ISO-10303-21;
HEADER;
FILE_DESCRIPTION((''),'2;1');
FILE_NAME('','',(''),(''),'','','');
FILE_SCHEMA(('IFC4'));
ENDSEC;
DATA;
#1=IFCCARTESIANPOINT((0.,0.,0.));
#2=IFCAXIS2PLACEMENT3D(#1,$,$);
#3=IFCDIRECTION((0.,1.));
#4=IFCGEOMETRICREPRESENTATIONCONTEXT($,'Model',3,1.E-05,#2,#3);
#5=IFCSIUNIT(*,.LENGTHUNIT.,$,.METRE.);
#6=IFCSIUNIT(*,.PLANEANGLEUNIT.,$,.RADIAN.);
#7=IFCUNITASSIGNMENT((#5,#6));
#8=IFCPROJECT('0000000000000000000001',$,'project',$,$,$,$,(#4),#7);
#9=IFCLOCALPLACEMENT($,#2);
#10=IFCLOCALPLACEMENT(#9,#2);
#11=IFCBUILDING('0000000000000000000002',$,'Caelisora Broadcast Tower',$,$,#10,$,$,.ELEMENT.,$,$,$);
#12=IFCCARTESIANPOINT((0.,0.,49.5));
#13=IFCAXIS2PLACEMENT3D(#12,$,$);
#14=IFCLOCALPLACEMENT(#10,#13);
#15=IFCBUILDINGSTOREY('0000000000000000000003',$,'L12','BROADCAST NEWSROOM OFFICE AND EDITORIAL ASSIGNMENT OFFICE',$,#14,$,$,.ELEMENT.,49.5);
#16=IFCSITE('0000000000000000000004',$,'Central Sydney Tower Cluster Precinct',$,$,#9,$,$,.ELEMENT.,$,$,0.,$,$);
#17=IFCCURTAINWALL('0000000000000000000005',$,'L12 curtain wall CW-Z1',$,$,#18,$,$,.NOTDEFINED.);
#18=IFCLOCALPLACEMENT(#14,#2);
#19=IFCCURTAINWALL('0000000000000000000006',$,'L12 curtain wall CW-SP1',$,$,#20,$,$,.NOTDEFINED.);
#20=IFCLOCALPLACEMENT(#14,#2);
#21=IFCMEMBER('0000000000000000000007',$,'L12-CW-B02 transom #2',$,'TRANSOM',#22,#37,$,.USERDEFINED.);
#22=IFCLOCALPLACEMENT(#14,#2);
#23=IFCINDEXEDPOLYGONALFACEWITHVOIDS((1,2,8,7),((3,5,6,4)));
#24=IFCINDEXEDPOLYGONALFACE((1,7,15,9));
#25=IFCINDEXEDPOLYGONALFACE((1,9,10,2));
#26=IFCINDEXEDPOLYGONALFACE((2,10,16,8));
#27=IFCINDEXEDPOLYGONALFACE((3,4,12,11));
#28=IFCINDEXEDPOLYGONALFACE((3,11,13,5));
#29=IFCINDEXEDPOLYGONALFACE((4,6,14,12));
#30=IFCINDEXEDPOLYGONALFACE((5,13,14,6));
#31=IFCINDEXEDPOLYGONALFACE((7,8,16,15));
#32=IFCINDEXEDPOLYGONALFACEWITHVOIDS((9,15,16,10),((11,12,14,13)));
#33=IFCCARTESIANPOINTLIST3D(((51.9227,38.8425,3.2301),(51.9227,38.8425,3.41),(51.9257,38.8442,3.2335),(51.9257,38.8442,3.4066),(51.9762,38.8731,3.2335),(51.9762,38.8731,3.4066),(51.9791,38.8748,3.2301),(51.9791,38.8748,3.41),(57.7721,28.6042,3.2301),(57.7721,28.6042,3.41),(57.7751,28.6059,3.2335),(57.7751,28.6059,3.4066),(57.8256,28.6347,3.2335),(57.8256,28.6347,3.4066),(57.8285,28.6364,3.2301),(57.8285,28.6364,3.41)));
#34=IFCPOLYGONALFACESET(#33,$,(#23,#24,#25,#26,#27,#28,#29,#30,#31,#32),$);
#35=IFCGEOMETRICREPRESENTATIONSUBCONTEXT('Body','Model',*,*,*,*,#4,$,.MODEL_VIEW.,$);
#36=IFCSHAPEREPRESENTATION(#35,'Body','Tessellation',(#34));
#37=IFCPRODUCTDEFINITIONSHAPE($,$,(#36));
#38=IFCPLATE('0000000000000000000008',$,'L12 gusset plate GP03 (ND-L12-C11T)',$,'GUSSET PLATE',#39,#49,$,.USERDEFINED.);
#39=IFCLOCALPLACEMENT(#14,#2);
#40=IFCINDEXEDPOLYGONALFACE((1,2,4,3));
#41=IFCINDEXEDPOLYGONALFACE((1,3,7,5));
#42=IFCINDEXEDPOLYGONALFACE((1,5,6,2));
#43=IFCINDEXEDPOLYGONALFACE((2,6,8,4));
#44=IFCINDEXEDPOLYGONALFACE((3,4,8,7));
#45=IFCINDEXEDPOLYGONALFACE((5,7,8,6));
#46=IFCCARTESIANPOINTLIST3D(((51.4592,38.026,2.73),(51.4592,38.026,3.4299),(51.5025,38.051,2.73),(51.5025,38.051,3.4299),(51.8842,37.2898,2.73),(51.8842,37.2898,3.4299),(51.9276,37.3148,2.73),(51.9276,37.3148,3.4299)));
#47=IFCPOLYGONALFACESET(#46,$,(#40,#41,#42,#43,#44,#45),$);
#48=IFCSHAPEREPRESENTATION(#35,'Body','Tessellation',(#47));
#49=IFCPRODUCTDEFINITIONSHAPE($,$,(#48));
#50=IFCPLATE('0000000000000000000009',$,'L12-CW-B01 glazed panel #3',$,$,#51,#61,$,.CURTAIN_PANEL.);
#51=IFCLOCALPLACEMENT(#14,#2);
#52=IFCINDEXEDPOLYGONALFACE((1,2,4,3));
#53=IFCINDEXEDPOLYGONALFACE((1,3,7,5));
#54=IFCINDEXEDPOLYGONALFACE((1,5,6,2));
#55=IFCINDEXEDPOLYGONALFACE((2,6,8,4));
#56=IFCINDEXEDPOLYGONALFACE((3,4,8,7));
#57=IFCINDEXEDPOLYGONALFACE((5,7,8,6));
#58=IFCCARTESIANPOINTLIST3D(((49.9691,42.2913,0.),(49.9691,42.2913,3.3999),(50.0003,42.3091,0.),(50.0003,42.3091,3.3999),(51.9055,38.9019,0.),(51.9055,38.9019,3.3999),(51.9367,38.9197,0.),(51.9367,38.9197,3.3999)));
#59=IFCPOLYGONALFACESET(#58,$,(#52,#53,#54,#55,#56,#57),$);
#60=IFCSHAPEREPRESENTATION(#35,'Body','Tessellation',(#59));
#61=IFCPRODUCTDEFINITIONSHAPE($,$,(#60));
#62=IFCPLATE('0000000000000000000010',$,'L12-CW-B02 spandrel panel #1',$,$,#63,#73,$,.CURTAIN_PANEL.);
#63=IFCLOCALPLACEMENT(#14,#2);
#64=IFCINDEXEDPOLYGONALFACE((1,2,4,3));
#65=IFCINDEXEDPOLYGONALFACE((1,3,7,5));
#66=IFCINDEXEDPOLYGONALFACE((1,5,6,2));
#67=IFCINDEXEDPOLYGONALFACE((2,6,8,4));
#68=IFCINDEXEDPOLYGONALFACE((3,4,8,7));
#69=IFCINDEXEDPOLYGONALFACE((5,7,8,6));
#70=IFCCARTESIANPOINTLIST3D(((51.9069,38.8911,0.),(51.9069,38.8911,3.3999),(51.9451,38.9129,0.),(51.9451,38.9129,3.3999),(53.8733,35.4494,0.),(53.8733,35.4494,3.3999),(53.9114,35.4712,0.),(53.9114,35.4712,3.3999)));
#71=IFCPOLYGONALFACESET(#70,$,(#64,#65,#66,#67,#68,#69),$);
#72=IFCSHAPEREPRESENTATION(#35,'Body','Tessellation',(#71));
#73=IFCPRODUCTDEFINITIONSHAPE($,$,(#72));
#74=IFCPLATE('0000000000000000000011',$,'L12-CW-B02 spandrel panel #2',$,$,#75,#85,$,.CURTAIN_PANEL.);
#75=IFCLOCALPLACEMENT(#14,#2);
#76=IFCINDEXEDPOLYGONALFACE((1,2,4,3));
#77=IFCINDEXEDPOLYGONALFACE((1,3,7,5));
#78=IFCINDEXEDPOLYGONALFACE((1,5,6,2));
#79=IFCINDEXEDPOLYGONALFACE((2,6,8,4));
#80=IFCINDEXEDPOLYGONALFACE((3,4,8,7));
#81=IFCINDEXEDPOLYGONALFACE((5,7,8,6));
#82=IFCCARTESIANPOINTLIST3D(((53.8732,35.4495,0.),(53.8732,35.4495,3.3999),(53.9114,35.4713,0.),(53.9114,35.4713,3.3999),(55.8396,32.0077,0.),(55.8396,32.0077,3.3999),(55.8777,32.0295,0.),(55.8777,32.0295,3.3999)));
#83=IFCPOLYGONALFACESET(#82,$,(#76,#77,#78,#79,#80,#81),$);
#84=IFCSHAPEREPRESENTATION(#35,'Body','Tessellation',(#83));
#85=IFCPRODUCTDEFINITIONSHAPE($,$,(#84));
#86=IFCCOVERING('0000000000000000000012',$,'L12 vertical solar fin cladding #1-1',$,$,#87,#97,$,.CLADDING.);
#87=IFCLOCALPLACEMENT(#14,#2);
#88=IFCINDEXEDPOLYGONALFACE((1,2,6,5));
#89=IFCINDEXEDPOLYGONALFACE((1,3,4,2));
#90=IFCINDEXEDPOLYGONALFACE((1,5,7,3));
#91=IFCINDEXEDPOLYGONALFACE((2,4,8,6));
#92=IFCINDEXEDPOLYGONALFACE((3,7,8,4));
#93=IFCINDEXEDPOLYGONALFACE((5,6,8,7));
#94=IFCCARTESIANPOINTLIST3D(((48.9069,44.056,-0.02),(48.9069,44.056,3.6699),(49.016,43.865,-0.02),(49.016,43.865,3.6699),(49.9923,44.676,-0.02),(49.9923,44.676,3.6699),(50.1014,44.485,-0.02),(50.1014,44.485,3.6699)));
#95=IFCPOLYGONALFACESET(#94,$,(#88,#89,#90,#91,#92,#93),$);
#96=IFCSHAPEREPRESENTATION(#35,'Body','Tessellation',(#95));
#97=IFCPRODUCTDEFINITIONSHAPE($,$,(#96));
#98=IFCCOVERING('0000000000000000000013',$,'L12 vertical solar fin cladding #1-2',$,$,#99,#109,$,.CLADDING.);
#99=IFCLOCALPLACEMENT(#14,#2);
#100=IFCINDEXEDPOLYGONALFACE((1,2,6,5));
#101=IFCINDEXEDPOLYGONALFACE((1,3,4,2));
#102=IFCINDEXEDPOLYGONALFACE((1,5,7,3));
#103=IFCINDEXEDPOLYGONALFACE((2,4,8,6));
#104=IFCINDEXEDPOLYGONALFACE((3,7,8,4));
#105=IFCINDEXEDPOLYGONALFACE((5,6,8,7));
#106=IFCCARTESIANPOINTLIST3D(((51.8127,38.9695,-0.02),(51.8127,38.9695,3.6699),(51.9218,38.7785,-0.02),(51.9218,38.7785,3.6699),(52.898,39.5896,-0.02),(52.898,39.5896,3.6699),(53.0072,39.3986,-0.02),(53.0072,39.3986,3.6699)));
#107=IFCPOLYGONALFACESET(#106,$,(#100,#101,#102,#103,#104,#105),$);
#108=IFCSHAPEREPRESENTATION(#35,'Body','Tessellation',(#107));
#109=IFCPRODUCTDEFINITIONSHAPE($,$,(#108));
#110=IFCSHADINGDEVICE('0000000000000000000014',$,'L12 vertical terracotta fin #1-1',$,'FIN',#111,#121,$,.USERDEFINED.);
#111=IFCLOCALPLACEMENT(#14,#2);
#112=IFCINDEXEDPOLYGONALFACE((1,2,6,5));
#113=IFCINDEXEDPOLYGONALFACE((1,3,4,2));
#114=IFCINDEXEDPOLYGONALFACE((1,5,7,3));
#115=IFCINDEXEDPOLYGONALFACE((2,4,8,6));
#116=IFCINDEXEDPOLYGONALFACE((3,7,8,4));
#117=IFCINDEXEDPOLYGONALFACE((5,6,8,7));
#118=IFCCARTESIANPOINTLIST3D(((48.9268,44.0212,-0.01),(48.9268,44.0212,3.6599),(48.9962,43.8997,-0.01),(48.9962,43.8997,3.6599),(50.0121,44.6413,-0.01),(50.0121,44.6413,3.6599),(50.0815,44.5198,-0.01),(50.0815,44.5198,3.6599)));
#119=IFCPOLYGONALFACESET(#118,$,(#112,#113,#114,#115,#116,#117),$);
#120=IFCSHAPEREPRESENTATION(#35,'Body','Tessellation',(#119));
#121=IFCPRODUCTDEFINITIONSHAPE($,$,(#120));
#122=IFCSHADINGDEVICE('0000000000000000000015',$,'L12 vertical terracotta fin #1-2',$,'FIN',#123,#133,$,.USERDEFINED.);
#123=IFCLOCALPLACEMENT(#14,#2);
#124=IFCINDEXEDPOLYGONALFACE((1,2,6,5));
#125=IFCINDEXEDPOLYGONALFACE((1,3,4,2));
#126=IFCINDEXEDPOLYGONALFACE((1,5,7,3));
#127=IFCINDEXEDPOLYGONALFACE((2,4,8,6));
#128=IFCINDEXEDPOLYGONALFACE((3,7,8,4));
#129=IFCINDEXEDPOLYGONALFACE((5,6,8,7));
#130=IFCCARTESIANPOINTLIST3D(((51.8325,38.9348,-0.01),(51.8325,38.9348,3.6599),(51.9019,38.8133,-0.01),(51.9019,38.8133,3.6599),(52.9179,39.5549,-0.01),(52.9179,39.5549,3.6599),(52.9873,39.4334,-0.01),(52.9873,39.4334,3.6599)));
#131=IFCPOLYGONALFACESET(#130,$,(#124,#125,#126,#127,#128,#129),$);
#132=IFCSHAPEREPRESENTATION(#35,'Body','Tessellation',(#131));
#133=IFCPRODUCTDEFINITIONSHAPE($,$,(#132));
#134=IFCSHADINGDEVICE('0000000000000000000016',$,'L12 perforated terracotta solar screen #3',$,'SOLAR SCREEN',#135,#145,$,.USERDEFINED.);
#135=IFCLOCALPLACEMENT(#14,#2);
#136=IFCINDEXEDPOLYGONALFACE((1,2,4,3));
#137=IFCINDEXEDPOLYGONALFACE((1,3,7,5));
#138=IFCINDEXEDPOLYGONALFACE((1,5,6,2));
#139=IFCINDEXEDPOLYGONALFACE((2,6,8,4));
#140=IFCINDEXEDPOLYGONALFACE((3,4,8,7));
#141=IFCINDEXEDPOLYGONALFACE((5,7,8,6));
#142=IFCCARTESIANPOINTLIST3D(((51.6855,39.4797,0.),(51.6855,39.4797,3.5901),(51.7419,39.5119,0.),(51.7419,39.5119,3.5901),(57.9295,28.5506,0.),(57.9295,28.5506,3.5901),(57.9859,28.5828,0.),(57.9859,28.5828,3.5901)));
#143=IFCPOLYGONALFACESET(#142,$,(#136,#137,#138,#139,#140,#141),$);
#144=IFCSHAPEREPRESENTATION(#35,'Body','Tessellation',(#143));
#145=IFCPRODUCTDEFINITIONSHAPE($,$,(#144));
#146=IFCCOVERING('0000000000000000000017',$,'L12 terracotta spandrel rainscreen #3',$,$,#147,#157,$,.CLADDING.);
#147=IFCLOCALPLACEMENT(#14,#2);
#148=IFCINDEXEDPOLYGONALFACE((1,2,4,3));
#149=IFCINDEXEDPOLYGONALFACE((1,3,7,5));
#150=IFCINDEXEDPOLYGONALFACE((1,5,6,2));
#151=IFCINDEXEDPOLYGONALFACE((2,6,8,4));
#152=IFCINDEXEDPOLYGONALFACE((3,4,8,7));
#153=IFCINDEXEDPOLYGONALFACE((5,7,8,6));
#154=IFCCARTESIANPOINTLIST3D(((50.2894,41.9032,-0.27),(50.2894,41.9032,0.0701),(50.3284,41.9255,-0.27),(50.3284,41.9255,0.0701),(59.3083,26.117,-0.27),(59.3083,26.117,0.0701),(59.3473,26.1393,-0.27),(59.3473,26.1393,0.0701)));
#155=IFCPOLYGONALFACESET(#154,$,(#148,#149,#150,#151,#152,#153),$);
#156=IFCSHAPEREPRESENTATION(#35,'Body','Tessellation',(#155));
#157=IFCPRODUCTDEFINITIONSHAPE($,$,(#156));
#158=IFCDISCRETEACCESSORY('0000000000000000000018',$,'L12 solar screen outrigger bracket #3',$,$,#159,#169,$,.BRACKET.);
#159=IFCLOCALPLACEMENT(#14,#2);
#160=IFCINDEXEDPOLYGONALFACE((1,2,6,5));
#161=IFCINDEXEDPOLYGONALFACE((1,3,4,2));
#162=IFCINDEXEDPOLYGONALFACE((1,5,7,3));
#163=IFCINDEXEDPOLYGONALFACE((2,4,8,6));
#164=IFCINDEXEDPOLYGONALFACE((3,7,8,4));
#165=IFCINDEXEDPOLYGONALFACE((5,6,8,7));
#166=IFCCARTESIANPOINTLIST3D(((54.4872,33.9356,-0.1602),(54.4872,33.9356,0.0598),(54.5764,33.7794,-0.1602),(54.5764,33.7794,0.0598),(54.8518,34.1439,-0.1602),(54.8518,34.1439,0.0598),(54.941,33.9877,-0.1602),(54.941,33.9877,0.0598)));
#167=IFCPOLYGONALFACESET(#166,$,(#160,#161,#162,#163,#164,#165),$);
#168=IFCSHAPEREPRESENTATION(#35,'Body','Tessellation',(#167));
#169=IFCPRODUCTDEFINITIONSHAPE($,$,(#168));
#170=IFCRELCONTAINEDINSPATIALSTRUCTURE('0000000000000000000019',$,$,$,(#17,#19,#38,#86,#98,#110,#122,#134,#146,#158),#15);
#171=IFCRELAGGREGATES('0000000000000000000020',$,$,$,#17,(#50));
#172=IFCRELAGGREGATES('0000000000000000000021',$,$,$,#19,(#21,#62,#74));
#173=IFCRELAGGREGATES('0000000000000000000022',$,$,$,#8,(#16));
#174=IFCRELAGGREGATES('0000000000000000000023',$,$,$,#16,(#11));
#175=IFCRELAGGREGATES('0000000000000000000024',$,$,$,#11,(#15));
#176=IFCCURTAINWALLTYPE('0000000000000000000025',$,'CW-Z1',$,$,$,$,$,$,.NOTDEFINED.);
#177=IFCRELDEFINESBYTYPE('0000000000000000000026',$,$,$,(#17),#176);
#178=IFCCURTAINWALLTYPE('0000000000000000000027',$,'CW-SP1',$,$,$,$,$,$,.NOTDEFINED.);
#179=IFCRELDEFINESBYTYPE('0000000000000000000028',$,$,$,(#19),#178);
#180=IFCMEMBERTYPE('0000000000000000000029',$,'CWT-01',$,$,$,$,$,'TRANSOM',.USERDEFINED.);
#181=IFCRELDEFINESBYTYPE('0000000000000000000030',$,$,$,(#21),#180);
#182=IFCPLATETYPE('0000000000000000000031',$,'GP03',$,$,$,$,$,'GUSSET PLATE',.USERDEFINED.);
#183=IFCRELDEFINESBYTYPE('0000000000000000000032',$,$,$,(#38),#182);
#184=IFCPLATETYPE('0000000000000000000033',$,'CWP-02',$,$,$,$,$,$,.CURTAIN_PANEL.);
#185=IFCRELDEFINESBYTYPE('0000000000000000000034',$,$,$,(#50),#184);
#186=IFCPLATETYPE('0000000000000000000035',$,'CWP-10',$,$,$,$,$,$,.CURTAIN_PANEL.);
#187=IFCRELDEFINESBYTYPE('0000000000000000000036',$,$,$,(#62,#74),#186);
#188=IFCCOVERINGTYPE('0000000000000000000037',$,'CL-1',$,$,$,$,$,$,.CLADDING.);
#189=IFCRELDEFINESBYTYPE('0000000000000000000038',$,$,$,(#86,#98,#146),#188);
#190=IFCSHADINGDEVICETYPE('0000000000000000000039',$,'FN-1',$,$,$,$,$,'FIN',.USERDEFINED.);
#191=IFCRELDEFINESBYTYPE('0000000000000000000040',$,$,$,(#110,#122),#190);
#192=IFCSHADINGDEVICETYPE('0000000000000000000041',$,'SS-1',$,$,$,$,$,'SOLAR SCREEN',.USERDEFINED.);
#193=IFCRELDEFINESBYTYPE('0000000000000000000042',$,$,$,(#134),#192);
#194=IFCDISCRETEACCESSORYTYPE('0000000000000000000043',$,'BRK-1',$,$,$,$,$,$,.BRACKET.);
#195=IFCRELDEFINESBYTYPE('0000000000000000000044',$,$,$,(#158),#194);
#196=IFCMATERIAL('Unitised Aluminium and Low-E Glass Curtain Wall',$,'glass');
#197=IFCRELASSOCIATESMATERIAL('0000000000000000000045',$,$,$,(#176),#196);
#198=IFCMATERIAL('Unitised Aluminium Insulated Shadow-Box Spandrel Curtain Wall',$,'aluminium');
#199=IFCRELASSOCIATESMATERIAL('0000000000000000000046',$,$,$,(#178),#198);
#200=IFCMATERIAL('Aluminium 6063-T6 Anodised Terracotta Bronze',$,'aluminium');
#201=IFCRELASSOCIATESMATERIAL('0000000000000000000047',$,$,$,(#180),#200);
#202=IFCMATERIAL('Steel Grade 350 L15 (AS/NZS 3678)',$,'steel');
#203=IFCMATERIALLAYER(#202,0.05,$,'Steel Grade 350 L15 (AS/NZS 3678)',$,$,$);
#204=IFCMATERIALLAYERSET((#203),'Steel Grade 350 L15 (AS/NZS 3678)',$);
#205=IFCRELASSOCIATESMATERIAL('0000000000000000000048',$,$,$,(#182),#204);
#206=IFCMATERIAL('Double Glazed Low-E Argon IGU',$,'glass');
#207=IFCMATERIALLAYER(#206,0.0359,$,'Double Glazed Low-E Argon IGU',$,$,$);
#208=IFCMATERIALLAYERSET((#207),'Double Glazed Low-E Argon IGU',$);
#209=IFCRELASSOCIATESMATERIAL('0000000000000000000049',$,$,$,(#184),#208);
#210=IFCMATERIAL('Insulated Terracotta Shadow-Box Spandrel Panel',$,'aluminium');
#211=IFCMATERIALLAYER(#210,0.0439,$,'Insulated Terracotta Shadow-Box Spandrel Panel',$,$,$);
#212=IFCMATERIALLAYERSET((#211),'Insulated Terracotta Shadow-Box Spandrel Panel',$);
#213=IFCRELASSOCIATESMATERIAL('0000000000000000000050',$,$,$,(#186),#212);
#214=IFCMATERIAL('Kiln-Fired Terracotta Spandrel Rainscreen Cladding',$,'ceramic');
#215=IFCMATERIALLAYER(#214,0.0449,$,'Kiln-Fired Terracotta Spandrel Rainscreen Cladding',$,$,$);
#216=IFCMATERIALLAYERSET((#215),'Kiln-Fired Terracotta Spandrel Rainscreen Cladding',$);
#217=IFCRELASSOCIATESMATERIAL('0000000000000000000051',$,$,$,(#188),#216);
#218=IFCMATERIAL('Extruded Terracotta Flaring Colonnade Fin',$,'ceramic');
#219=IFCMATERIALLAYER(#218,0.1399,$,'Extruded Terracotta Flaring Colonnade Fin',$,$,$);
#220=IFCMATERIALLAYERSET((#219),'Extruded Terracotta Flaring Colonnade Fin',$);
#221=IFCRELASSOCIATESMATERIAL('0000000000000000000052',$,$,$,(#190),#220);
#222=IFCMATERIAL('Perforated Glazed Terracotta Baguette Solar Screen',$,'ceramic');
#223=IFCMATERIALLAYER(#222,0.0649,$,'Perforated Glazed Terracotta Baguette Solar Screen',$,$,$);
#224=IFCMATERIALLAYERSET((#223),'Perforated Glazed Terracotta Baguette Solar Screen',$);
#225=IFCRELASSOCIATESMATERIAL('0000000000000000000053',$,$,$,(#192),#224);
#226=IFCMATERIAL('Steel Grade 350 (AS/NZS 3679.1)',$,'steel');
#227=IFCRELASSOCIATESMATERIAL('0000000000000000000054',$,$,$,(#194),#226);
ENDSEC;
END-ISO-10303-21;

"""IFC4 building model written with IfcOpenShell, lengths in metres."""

from ifc_helpers import new_model, si_unit, direction, frame, origin, origin_2d, place, context, subcontext, project, spatial, rectangle, hollow_rectangle, extrude, source, transform, mapped, material, layer, layer_set, material_profile, profile_set, type_object, type_shapes, element, aggregate, save


model = new_model("IFC4")

# Units and contexts
model_context = context("Model", 3, precision=1e-05, world=origin(), true_north=direction((0.0, 1.0)))
body_context = subcontext(model_context, "Body", "Model", "MODEL_VIEW")
ifc_project = project(units=[si_unit("LENGTHUNIT", "METRE"), si_unit("PLANEANGLEUNIT", "RADIAN")], contexts=[model_context])

# Site, building, storey
site_placement = place(None, origin())
site = spatial("IfcSite", under=ifc_project, at=site_placement, Name="Central Sydney Tower Cluster Precinct", CompositionType="ELEMENT", RefElevation=0.0)
building_placement = place(site_placement, origin())
building = spatial("IfcBuilding", under=site, at=building_placement, Name="Caelisora Broadcast Tower", CompositionType="ELEMENT")
storey_placement = place(building_placement, frame((0.0, 0.0, 49.5)))
storey = spatial("IfcBuildingStorey", under=building, at=storey_placement, Name="L12", Description="BROADCAST NEWSROOM OFFICE AND EDITORIAL ASSIGNMENT OFFICE", CompositionType="ELEMENT", Elevation=49.5)

# Shared definitions
ifc_material_1 = material(Name="Steel Grade 350 L15 (AS/NZS 3678)", Category="steel")

# Shared definitions
ifc_material_2 = material(Name="Steel Grade 350 (AS/NZS 3679.1)", Category="steel")

# Curtain walls, member
ifc_material_3 = material(Name="Unitised Aluminium and Low-E Glass Curtain Wall", Category="glass")
curtain_wall_type_1 = type_object("IfcCurtainWallType", Name="CW-Z1", PredefinedType="NOTDEFINED", material=ifc_material_3)
curtain_wall_1_placement = place(storey_placement, origin())
curtain_wall_1 = element("IfcCurtainWall", 1, at=curtain_wall_1_placement, inside=storey, type_object=curtain_wall_type_1, Name="L12 curtain wall CW-Z1", PredefinedType="NOTDEFINED")
ifc_material_4 = material(Name="Aluminium 6063-T6 Anodised Terracotta Bronze", Category="aluminium")
ifc_material_5 = material(Name="Unitised Aluminium Insulated Shadow-Box Spandrel Curtain Wall", Category="aluminium")
curtain_wall_type_2 = type_object("IfcCurtainWallType", Name="CW-SP1", PredefinedType="NOTDEFINED", material=ifc_material_5)
curtain_wall_2_placement = place(storey_placement, origin())
curtain_wall_2 = element("IfcCurtainWall", 2, at=curtain_wall_2_placement, inside=storey, type_object=curtain_wall_type_2, Name="L12 curtain wall CW-SP1", PredefinedType="NOTDEFINED")
ifc_material_profile_1 = material_profile(ifc_material_4, hollow_rectangle(XDim=0.0649, YDim=0.1799, WallThickness=0.0034, at=origin_2d()), Name="Aluminium 6063-T6 Anodised Terracotta Bronze")
ifc_profile_set_1 = profile_set([ifc_material_profile_1], Name="Aluminium 6063-T6 Anodised Terracotta Bronze")
member_type_1 = type_object("IfcMemberType", Name="CWT-01", ElementType="TRANSOM", PredefinedType="USERDEFINED", material=ifc_profile_set_1)
shared_shape_1 = source(origin(), body_context, "Body", "SweptSolid", [
    extrude(hollow_rectangle(XDim=0.0649, YDim=0.1799, WallThickness=0.0034, at=origin_2d()), origin(), (0.0, 0.0, 1.0), 11.7915),
])
type_shapes(member_type_1, [shared_shape_1])
member_1_placement = place(storey_placement, frame((51.9509, 38.8586, 3.3201), z_axis=(0.49607, -0.868283, 0.0), x_axis=(0.868283, 0.49607, 0.0)))
member_1 = element("IfcMember", 3, at=member_1_placement, type_object=member_type_1, Name="L12-CW-B02 transom #2", ObjectType="TRANSOM", PredefinedType="USERDEFINED", context=body_context, shape_type="MappedRepresentation", body=[
    mapped(shared_shape_1, transform((0.0, 0.0, 0.0), scale=1.0)),
])

# Plates
ifc_layer_1 = layer(ifc_material_1, 0.05, Name="Steel Grade 350 L15 (AS/NZS 3678)")
ifc_layer_set_1 = layer_set([ifc_layer_1], Name="Steel Grade 350 L15 (AS/NZS 3678)")
plate_type_1 = type_object("IfcPlateType", Name="GP03", ElementType="GUSSET PLATE", PredefinedType="USERDEFINED", material=ifc_layer_set_1)
shared_shape_2 = source(origin(), body_context, "Body", "SweptSolid", [
    extrude(rectangle(XDim=0.8501, YDim=0.05, at=origin_2d()), origin(), (0.0, 0.0, 1.0), 0.7),
])
type_shapes(plate_type_1, [shared_shape_2])
plate_1_placement = place(storey_placement, frame((51.6934, 37.6704, 2.73), z_axis=(0.0, 0.0, 1.0), x_axis=(-0.5, 0.866025, 0.0)))
element("IfcPlate", 4, at=plate_1_placement, inside=storey, type_object=plate_type_1, Name="L12 gusset plate GP03 (ND-L12-C11T)", ObjectType="GUSSET PLATE", PredefinedType="USERDEFINED", context=body_context, shape_type="MappedRepresentation", body=[
    mapped(shared_shape_2, transform((0.0, 0.0, 0.0), scale=1.0)),
])
ifc_material_6 = material(Name="Double Glazed Low-E Argon IGU", Category="glass")
ifc_layer_2 = layer(ifc_material_6, 0.0359, Name="Double Glazed Low-E Argon IGU")
ifc_layer_set_2 = layer_set([ifc_layer_2], Name="Double Glazed Low-E Argon IGU")
plate_type_2 = type_object("IfcPlateType", Name="CWP-02", PredefinedType="CURTAIN_PANEL", material=ifc_layer_set_2)
shared_shape_3 = source(origin(), body_context, "Body", "SweptSolid", [
    extrude(rectangle(XDim=3.9036, YDim=0.0359, at=origin_2d()), origin(), (0.0, 0.0, 1.0), 3.3999),
])
type_shapes(plate_type_2, [shared_shape_3])
plate_2_placement = place(storey_placement, frame((50.9529, 40.6055, 0.0), z_axis=(0.0, 0.0, 1.0), x_axis=(0.496065, -0.868285, 0.0)))
plate_2 = element("IfcPlate", 5, at=plate_2_placement, type_object=plate_type_2, Name="L12-CW-B01 glazed panel #3", PredefinedType="CURTAIN_PANEL", context=body_context, shape_type="MappedRepresentation", body=[
    mapped(shared_shape_3, transform((0.0, 0.0, 0.0), scale=1.0)),
])
aggregate(curtain_wall_1, [plate_2])
ifc_material_7 = material(Name="Insulated Terracotta Shadow-Box Spandrel Panel", Category="aluminium")
ifc_layer_3 = layer(ifc_material_7, 0.0439, Name="Insulated Terracotta Shadow-Box Spandrel Panel")
ifc_layer_set_3 = layer_set([ifc_layer_3], Name="Insulated Terracotta Shadow-Box Spandrel Panel")
plate_type_3 = type_object("IfcPlateType", Name="CWP-10", PredefinedType="CURTAIN_PANEL", material=ifc_layer_set_3)
shared_shape_4 = source(origin(), body_context, "Body", "SweptSolid", [
    extrude(rectangle(XDim=3.9639, YDim=0.0439, at=origin_2d()), origin(), (0.0, 0.0, 1.0), 3.3999),
])
type_shapes(plate_type_3, [shared_shape_4])
plate_3_placement = place(storey_placement, frame((52.9092, 37.1812, 0.0), z_axis=(0.0, 0.0, 1.0), x_axis=(0.496065, -0.868285, 0.0)))
plate_3 = element("IfcPlate", 6, at=plate_3_placement, type_object=plate_type_3, Name="L12-CW-B02 spandrel panel #1", PredefinedType="CURTAIN_PANEL", context=body_context, shape_type="MappedRepresentation", body=[
    mapped(shared_shape_4, transform((0.0, 0.0, 0.0), scale=1.0)),
])
plate_4_placement = place(storey_placement, frame((54.8755, 33.7395, 0.0), z_axis=(0.0, 0.0, 1.0), x_axis=(0.496065, -0.868285, 0.0)))
plate_4 = element("IfcPlate", 7, at=plate_4_placement, type_object=plate_type_3, Name="L12-CW-B02 spandrel panel #2", PredefinedType="CURTAIN_PANEL", context=body_context, shape_type="MappedRepresentation", body=[
    mapped(shared_shape_4, transform((0.0, 0.0, 0.0), scale=1.0)),
])
aggregate(curtain_wall_2, [member_1, plate_3, plate_4])

# Coverings
ifc_material_8 = material(Name="Kiln-Fired Terracotta Spandrel Rainscreen Cladding", Category="ceramic")
ifc_layer_4 = layer(ifc_material_8, 0.0449, Name="Kiln-Fired Terracotta Spandrel Rainscreen Cladding")
ifc_layer_set_4 = layer_set([ifc_layer_4], Name="Kiln-Fired Terracotta Spandrel Rainscreen Cladding")
covering_type = type_object("IfcCoveringType", Name="CL-1", PredefinedType="CLADDING", material=ifc_layer_set_4)
shared_shape_5 = source(origin(), body_context, "Body", "SweptSolid", [
    extrude(rectangle(XDim=0.22, YDim=1.25, at=origin_2d()), origin(), (0.0, 0.0, 1.0), 3.6899),
])
for number, where, z_axis, x_axis, name in (
    (8, (49.5042, 44.2705, -0.02), (0.0, 0.0, 1.0), (0.496065, -0.868285, 0.0), "L12 vertical solar fin cladding #1-1"),
    (9, (52.4099, 39.1841, -0.02), (0.0, 0.0, 1.0), (0.496065, -0.868285, 0.0), "L12 vertical solar fin cladding #1-2"),
):
    element("IfcCovering", number, at=place(storey_placement, frame(where, z_axis=z_axis, x_axis=x_axis)), inside=storey, type_object=covering_type, Name=name, PredefinedType="CLADDING", context=body_context, shape_type="MappedRepresentation", body=[
        mapped(shared_shape_5, transform((0.0, 0.0, 0.0), scale=1.0)),
    ])

# Shading devices
ifc_material_9 = material(Name="Extruded Terracotta Flaring Colonnade Fin", Category="ceramic")
ifc_layer_5 = layer(ifc_material_9, 0.1399, Name="Extruded Terracotta Flaring Colonnade Fin")
ifc_layer_set_5 = layer_set([ifc_layer_5], Name="Extruded Terracotta Flaring Colonnade Fin")
shading_device_type_1 = type_object("IfcShadingDeviceType", Name="FN-1", ElementType="FIN", PredefinedType="USERDEFINED", material=ifc_layer_set_5)
shared_shape_6 = source(origin(), body_context, "Body", "SweptSolid", [
    extrude(rectangle(XDim=0.1399, YDim=1.25, at=origin_2d()), origin(), (0.0, 0.0, 1.0), 3.6699),
])
type_shapes(shading_device_type_1, [shared_shape_6])
for number, where, z_axis, x_axis, name in (
    (10, (49.5042, 44.2705, -0.01), (0.0, 0.0, 1.0), (0.496065, -0.868285, 0.0), "L12 vertical terracotta fin #1-1"),
    (11, (52.4099, 39.1841, -0.01), (0.0, 0.0, 1.0), (0.496065, -0.868285, 0.0), "L12 vertical terracotta fin #1-2"),
):
    element("IfcShadingDevice", number, at=place(storey_placement, frame(where, z_axis=z_axis, x_axis=x_axis)), inside=storey, type_object=shading_device_type_1, Name=name, ObjectType="FIN", PredefinedType="USERDEFINED", context=body_context, shape_type="MappedRepresentation", body=[
        mapped(shared_shape_6, transform((0.0, 0.0, 0.0), scale=1.0)),
    ])
ifc_material_10 = material(Name="Perforated Glazed Terracotta Baguette Solar Screen", Category="ceramic")
ifc_layer_6 = layer(ifc_material_10, 0.0649, Name="Perforated Glazed Terracotta Baguette Solar Screen")
ifc_layer_set_6 = layer_set([ifc_layer_6], Name="Perforated Glazed Terracotta Baguette Solar Screen")
shading_device_type_2 = type_object("IfcShadingDeviceType", Name="SS-1", ElementType="SOLAR SCREEN", PredefinedType="USERDEFINED", material=ifc_layer_set_6)
shared_shape_7 = source(origin(), body_context, "Body", "SweptSolid", [
    extrude(rectangle(XDim=12.5869, YDim=0.0649, at=origin_2d()), origin(), (0.0, 0.0, 1.0), 3.5901),
])
type_shapes(shading_device_type_2, [shared_shape_7])
shading_device_placement = place(storey_placement, frame((54.8357, 34.0312, 0.0), z_axis=(0.0, 0.0, 1.0), x_axis=(-0.496065, 0.868285, 0.0)))
element("IfcShadingDevice", 12, at=shading_device_placement, inside=storey, type_object=shading_device_type_2, Name="L12 perforated terracotta solar screen #3", ObjectType="SOLAR SCREEN", PredefinedType="USERDEFINED", context=body_context, shape_type="MappedRepresentation", body=[
    mapped(shared_shape_7, transform((0.0, 0.0, 0.0), scale=1.0)),
])

# Covering
shared_shape_8 = source(origin(), body_context, "Body", "SweptSolid", [
    extrude(rectangle(XDim=18.1809, YDim=0.0449, at=origin_2d()), origin(), (0.0, 0.0, 1.0), 0.3401),
])
type_shapes(covering_type, [shared_shape_5, shared_shape_8])
covering_placement = place(storey_placement, frame((54.8184, 34.0212, -0.27), z_axis=(0.0, 0.0, 1.0), x_axis=(-0.496065, 0.868285, 0.0)))
element("IfcCovering", 13, at=covering_placement, inside=storey, type_object=covering_type, Name="L12 terracotta spandrel rainscreen #3", PredefinedType="CLADDING", context=body_context, shape_type="MappedRepresentation", body=[
    mapped(shared_shape_8, transform((0.0, 0.0, 0.0), scale=1.0)),
])

# Discrete accessory
discrete_accessory_type = type_object("IfcDiscreteAccessoryType", Name="BRK-1", PredefinedType="BRACKET", material=ifc_material_2)
shared_shape_9 = source(origin(), body_context, "Body", "SweptSolid", [
    extrude(rectangle(XDim=0.1799, YDim=0.4199, at=origin_2d()), origin(), (0.0, 0.0, 1.0), 0.22),
])
type_shapes(discrete_accessory_type, [shared_shape_9])
discrete_accessory_placement = place(storey_placement, frame((54.7141, 33.9617, -0.1602), z_axis=(0.0, 0.0, 1.0), x_axis=(-0.496065, 0.868285, 0.0)))
element("IfcDiscreteAccessory", 14, at=discrete_accessory_placement, inside=storey, type_object=discrete_accessory_type, Name="L12 solar screen outrigger bracket #3", PredefinedType="BRACKET", context=body_context, shape_type="MappedRepresentation", body=[
    mapped(shared_shape_9, transform((0.0, 0.0, 0.0), scale=1.0)),
])

save(model, "model.ifc")
